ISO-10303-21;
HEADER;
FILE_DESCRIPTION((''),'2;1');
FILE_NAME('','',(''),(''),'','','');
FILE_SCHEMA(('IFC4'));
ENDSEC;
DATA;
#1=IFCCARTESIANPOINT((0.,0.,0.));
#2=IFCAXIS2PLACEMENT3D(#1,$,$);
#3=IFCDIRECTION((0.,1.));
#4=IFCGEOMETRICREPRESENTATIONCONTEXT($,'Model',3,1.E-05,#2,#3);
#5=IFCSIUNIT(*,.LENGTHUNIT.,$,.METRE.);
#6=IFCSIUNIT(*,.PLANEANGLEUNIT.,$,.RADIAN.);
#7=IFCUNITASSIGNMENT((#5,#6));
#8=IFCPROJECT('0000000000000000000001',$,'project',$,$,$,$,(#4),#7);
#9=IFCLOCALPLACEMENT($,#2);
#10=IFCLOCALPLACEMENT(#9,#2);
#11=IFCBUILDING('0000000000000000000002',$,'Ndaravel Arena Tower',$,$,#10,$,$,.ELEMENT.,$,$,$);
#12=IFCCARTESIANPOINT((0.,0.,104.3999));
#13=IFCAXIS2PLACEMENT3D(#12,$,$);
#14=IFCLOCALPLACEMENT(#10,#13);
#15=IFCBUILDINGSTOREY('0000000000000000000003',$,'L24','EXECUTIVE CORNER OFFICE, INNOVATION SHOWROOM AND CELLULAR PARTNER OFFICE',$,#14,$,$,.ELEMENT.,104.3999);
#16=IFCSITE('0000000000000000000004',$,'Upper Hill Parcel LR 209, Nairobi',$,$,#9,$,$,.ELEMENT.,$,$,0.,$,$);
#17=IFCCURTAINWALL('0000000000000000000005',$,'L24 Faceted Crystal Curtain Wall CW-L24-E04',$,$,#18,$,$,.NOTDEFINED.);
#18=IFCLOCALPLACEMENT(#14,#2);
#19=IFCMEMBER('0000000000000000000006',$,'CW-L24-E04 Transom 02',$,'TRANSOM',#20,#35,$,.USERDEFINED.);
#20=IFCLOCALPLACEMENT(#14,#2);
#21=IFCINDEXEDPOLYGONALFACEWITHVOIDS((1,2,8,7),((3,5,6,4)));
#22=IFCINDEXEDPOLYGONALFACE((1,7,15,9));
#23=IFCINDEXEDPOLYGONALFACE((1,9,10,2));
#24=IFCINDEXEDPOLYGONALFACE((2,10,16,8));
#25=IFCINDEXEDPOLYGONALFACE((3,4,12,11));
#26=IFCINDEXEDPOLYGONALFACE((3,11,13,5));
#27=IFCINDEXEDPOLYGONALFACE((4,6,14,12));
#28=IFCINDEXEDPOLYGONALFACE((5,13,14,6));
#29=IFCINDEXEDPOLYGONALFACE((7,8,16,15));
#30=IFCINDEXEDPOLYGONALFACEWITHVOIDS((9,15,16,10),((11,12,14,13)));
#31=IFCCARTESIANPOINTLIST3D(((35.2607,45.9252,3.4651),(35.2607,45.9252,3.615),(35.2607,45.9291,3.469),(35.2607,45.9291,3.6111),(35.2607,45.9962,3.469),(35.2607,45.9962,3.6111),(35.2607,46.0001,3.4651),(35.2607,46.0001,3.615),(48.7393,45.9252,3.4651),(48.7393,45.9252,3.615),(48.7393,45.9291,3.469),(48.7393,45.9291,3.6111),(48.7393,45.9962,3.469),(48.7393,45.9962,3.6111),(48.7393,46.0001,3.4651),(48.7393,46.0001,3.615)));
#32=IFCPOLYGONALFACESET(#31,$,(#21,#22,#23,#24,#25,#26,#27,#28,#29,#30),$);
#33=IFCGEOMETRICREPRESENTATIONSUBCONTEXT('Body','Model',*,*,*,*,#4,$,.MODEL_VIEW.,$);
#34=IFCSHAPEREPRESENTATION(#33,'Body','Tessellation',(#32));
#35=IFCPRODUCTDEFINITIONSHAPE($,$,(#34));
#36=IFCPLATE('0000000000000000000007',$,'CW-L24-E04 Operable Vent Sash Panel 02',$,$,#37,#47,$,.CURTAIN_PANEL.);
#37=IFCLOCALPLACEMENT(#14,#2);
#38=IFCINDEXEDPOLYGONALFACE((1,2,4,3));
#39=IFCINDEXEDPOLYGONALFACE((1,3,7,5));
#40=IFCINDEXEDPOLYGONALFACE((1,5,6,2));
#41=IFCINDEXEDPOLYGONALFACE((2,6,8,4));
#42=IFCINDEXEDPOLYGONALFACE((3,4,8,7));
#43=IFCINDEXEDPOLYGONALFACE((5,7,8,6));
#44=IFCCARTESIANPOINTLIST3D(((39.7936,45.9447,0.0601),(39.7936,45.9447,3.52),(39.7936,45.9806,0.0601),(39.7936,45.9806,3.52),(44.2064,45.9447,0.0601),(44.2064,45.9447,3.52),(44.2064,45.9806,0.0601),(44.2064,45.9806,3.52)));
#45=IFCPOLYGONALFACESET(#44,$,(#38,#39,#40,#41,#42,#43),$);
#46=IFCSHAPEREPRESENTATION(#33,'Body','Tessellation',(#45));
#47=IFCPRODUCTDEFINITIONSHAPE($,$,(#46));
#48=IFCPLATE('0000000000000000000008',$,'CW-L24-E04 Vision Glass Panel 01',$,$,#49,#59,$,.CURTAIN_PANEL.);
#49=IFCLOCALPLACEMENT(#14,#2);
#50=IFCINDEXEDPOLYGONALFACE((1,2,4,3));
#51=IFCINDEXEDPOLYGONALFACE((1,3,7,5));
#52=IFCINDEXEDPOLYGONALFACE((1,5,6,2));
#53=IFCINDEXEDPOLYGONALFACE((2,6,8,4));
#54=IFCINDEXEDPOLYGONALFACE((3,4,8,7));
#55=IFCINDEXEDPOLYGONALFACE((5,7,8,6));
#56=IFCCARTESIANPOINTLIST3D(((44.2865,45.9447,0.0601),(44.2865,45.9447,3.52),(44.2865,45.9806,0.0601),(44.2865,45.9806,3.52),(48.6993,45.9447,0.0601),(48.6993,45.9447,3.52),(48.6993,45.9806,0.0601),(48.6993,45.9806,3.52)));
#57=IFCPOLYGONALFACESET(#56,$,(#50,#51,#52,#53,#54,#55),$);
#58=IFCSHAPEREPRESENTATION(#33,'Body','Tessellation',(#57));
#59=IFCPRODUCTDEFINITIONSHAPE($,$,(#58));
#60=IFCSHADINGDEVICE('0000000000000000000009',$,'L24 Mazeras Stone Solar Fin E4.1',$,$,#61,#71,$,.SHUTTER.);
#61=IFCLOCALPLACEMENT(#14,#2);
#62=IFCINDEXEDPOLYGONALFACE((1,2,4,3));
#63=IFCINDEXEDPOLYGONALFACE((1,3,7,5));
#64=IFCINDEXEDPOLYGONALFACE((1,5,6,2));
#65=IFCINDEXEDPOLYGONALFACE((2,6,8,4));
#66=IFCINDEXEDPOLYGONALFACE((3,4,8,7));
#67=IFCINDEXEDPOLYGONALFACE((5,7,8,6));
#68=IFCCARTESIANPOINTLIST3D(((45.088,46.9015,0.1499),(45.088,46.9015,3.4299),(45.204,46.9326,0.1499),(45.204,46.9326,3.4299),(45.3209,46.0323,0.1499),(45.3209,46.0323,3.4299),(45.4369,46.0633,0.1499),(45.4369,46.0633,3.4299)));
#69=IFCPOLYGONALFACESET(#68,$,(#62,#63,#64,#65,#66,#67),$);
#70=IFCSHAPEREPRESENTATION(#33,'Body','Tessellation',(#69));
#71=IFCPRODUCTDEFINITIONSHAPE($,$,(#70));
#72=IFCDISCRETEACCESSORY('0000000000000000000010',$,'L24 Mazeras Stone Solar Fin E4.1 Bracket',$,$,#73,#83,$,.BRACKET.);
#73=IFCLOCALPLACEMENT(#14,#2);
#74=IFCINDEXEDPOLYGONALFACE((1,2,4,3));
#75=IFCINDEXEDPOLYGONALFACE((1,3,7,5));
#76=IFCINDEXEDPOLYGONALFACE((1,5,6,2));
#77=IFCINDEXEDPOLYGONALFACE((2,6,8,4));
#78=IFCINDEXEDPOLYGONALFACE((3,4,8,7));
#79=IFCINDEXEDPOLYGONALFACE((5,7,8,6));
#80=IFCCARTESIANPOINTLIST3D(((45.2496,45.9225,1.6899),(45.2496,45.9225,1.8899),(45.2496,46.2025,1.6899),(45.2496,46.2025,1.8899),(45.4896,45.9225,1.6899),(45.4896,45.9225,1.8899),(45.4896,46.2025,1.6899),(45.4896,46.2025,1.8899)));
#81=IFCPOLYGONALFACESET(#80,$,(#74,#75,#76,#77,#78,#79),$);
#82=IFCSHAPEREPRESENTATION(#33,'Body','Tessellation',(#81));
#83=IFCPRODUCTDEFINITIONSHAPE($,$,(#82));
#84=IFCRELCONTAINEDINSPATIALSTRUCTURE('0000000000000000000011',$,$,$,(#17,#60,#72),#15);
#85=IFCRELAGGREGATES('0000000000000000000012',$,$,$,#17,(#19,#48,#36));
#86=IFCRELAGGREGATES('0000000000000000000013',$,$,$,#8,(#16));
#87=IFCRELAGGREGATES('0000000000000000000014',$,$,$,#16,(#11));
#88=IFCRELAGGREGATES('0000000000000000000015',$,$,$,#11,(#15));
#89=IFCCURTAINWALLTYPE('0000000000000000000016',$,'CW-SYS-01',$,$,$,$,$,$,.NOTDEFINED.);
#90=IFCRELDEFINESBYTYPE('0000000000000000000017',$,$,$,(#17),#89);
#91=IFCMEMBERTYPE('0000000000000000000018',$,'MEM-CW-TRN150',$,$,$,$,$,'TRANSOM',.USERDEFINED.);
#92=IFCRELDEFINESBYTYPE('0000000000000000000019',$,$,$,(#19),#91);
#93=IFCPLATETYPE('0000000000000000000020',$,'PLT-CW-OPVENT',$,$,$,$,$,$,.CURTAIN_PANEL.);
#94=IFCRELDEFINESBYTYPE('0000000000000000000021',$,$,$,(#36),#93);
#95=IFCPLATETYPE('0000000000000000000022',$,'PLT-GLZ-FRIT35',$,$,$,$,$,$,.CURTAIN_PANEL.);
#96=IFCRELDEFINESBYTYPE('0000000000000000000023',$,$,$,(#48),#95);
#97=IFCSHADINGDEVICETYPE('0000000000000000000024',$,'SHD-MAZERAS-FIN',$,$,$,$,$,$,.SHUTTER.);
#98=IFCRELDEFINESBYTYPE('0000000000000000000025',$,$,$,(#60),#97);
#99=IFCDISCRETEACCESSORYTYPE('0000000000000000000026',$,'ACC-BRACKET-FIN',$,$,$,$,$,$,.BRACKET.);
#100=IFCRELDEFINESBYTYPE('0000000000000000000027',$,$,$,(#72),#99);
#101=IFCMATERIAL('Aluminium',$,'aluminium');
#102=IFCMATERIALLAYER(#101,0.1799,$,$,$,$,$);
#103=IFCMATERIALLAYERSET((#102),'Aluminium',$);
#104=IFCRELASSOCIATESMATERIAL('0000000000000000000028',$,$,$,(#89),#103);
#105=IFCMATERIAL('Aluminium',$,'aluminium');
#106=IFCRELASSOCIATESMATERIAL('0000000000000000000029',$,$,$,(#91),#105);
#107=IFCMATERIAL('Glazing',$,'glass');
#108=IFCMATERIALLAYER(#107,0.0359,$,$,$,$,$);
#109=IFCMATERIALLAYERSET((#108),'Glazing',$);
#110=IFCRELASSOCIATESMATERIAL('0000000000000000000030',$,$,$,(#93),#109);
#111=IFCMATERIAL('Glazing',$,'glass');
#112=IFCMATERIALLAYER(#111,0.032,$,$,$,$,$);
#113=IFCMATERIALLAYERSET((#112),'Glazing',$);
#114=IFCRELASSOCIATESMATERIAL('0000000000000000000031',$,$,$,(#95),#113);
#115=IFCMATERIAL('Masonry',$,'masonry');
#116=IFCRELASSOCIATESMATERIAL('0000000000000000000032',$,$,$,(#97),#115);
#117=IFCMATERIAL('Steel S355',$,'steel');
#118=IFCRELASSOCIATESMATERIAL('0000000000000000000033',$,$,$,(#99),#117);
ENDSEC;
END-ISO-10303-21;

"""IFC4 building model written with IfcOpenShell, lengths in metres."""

from ifc_helpers import new_model, si_unit, direction, frame, origin, origin_2d, place, context, subcontext, project, spatial, rectangle, hollow_rectangle, extrude, material, layer, layer_set, material_profile, profile_set, type_object, element, aggregate, save


model = new_model("IFC4")

# Units and contexts
model_context = context("Model", 3, precision=1e-05, world=origin(), true_north=direction((0.0, 1.0)))
body_context = subcontext(model_context, "Body", "Model", "MODEL_VIEW")
ifc_project = project(units=[si_unit("LENGTHUNIT", "METRE"), si_unit("PLANEANGLEUNIT", "RADIAN")], contexts=[model_context])

# Site, building, storey
site_placement = place(None, origin())
site = spatial("IfcSite", under=ifc_project, at=site_placement, Name="Upper Hill Parcel LR 209, Nairobi", CompositionType="ELEMENT", RefElevation=0.0)
building_placement = place(site_placement, origin())
building = spatial("IfcBuilding", under=site, at=building_placement, Name="Ndaravel Arena Tower", CompositionType="ELEMENT")
storey_placement = place(building_placement, frame((0.0, 0.0, 104.3999)))
storey = spatial("IfcBuildingStorey", under=building, at=storey_placement, Name="L24", Description="EXECUTIVE CORNER OFFICE, INNOVATION SHOWROOM AND CELLULAR PARTNER OFFICE", CompositionType="ELEMENT", Elevation=104.3999)

# Curtain wall, member, plates
ifc_material_1 = material(Name="Aluminium", Category="aluminium")
ifc_layer_1 = layer(ifc_material_1, 0.1799)
ifc_layer_set_1 = layer_set([ifc_layer_1], Name="Aluminium")
curtain_wall_type = type_object("IfcCurtainWallType", Name="CW-SYS-01", PredefinedType="NOTDEFINED", material=ifc_layer_set_1)
curtain_wall_placement = place(storey_placement, origin())
curtain_wall = element("IfcCurtainWall", 1, at=curtain_wall_placement, inside=storey, type_object=curtain_wall_type, Name="L24 Faceted Crystal Curtain Wall CW-L24-E04", PredefinedType="NOTDEFINED")
ifc_material_2 = material(Name="Aluminium", Category="aluminium")
ifc_material_profile_1 = material_profile(ifc_material_2, hollow_rectangle(XDim=0.075, YDim=0.1499, WallThickness=0.0039, at=origin_2d()), Name="CW TRANSOM 75x150x4")
ifc_profile_set_1 = profile_set([ifc_material_profile_1], Name="Aluminium")
member_type_1 = type_object("IfcMemberType", Name="MEM-CW-TRN150", ElementType="TRANSOM", PredefinedType="USERDEFINED", material=ifc_profile_set_1)
member_1_placement = place(storey_placement, frame((48.7393, 45.9626, 3.54), z_axis=(-1.0, 0.0, 0.0), x_axis=(0.0, -1.0, 0.0)))
member_1 = element("IfcMember", 2, at=member_1_placement, type_object=member_type_1, Name="CW-L24-E04 Transom 02", ObjectType="TRANSOM", PredefinedType="USERDEFINED", context=body_context, shape_type="SweptSolid", body=[
    extrude(hollow_rectangle(XDim=0.075, YDim=0.1499, WallThickness=0.0039, at=origin_2d()), origin(), (0.0, 0.0, 1.0), 13.4785),
])
ifc_material_3 = material(Name="Glazing", Category="glass")
ifc_layer_2 = layer(ifc_material_3, 0.0359)
ifc_layer_set_2 = layer_set([ifc_layer_2], Name="Glazing")
plate_type_1 = type_object("IfcPlateType", Name="PLT-CW-OPVENT", PredefinedType="CURTAIN_PANEL", material=ifc_layer_set_2)
plate_1_placement = place(storey_placement, frame((42.0, 45.9626, 0.0601), z_axis=(0.0, 0.0, 1.0), x_axis=(-1.0, 0.0, 0.0)))
plate_1 = element("IfcPlate", 3, at=plate_1_placement, type_object=plate_type_1, Name="CW-L24-E04 Operable Vent Sash Panel 02", PredefinedType="CURTAIN_PANEL", context=body_context, shape_type="SweptSolid", body=[
    extrude(rectangle(XDim=4.4128, YDim=0.0359, at=origin_2d()), origin(), (0.0, 0.0, 1.0), 3.46),
])
ifc_material_4 = material(Name="Glazing", Category="glass")
ifc_layer_3 = layer(ifc_material_4, 0.032)
ifc_layer_set_3 = layer_set([ifc_layer_3], Name="Glazing")
plate_type_2 = type_object("IfcPlateType", Name="PLT-GLZ-FRIT35", PredefinedType="CURTAIN_PANEL", material=ifc_layer_set_3)
plate_2_placement = place(storey_placement, frame((46.4929, 45.9626, 0.0601), z_axis=(0.0, 0.0, 1.0), x_axis=(-1.0, 0.0, 0.0)))
plate_2 = element("IfcPlate", 4, at=plate_2_placement, type_object=plate_type_2, Name="CW-L24-E04 Vision Glass Panel 01", PredefinedType="CURTAIN_PANEL", context=body_context, shape_type="SweptSolid", body=[
    extrude(rectangle(XDim=4.4128, YDim=0.0359, at=origin_2d()), origin(), (0.0, 0.0, 1.0), 3.46),
])
aggregate(curtain_wall, [member_1, plate_2, plate_1])

# Shading device
ifc_material_5 = material(Name="Masonry", Category="masonry")
shading_device_type = type_object("IfcShadingDeviceType", Name="SHD-MAZERAS-FIN", PredefinedType="SHUTTER", material=ifc_material_5)
shading_device_placement = place(storey_placement, frame((45.2625, 46.4824, 0.1499), z_axis=(0.0, 0.0, 1.0), x_axis=(-0.258819, 0.965926, 0.0)))
element("IfcShadingDevice", 5, at=shading_device_placement, inside=storey, type_object=shading_device_type, Name="L24 Mazeras Stone Solar Fin E4.1", PredefinedType="SHUTTER", context=body_context, shape_type="SweptSolid", body=[
    extrude(rectangle(XDim=0.8999, YDim=0.1201, at=origin_2d()), origin(), (0.0, 0.0, 1.0), 3.28),
])

# Discrete accessory
ifc_material_6 = material(Name="Steel S355", Category="steel")
discrete_accessory_type = type_object("IfcDiscreteAccessoryType", Name="ACC-BRACKET-FIN", PredefinedType="BRACKET", material=ifc_material_6)
discrete_accessory_placement = place(storey_placement, frame((45.3696, 46.0625, 1.6899), z_axis=(0.0, 0.0, 1.0), x_axis=(0.0, 1.0, 0.0)))
element("IfcDiscreteAccessory", 6, at=discrete_accessory_placement, inside=storey, type_object=discrete_accessory_type, Name="L24 Mazeras Stone Solar Fin E4.1 Bracket", PredefinedType="BRACKET", context=body_context, shape_type="SweptSolid", body=[
    extrude(rectangle(XDim=0.28, YDim=0.24, at=origin_2d()), origin(), (0.0, 0.0, 1.0), 0.2),
])

save(model, "model.ifc")
